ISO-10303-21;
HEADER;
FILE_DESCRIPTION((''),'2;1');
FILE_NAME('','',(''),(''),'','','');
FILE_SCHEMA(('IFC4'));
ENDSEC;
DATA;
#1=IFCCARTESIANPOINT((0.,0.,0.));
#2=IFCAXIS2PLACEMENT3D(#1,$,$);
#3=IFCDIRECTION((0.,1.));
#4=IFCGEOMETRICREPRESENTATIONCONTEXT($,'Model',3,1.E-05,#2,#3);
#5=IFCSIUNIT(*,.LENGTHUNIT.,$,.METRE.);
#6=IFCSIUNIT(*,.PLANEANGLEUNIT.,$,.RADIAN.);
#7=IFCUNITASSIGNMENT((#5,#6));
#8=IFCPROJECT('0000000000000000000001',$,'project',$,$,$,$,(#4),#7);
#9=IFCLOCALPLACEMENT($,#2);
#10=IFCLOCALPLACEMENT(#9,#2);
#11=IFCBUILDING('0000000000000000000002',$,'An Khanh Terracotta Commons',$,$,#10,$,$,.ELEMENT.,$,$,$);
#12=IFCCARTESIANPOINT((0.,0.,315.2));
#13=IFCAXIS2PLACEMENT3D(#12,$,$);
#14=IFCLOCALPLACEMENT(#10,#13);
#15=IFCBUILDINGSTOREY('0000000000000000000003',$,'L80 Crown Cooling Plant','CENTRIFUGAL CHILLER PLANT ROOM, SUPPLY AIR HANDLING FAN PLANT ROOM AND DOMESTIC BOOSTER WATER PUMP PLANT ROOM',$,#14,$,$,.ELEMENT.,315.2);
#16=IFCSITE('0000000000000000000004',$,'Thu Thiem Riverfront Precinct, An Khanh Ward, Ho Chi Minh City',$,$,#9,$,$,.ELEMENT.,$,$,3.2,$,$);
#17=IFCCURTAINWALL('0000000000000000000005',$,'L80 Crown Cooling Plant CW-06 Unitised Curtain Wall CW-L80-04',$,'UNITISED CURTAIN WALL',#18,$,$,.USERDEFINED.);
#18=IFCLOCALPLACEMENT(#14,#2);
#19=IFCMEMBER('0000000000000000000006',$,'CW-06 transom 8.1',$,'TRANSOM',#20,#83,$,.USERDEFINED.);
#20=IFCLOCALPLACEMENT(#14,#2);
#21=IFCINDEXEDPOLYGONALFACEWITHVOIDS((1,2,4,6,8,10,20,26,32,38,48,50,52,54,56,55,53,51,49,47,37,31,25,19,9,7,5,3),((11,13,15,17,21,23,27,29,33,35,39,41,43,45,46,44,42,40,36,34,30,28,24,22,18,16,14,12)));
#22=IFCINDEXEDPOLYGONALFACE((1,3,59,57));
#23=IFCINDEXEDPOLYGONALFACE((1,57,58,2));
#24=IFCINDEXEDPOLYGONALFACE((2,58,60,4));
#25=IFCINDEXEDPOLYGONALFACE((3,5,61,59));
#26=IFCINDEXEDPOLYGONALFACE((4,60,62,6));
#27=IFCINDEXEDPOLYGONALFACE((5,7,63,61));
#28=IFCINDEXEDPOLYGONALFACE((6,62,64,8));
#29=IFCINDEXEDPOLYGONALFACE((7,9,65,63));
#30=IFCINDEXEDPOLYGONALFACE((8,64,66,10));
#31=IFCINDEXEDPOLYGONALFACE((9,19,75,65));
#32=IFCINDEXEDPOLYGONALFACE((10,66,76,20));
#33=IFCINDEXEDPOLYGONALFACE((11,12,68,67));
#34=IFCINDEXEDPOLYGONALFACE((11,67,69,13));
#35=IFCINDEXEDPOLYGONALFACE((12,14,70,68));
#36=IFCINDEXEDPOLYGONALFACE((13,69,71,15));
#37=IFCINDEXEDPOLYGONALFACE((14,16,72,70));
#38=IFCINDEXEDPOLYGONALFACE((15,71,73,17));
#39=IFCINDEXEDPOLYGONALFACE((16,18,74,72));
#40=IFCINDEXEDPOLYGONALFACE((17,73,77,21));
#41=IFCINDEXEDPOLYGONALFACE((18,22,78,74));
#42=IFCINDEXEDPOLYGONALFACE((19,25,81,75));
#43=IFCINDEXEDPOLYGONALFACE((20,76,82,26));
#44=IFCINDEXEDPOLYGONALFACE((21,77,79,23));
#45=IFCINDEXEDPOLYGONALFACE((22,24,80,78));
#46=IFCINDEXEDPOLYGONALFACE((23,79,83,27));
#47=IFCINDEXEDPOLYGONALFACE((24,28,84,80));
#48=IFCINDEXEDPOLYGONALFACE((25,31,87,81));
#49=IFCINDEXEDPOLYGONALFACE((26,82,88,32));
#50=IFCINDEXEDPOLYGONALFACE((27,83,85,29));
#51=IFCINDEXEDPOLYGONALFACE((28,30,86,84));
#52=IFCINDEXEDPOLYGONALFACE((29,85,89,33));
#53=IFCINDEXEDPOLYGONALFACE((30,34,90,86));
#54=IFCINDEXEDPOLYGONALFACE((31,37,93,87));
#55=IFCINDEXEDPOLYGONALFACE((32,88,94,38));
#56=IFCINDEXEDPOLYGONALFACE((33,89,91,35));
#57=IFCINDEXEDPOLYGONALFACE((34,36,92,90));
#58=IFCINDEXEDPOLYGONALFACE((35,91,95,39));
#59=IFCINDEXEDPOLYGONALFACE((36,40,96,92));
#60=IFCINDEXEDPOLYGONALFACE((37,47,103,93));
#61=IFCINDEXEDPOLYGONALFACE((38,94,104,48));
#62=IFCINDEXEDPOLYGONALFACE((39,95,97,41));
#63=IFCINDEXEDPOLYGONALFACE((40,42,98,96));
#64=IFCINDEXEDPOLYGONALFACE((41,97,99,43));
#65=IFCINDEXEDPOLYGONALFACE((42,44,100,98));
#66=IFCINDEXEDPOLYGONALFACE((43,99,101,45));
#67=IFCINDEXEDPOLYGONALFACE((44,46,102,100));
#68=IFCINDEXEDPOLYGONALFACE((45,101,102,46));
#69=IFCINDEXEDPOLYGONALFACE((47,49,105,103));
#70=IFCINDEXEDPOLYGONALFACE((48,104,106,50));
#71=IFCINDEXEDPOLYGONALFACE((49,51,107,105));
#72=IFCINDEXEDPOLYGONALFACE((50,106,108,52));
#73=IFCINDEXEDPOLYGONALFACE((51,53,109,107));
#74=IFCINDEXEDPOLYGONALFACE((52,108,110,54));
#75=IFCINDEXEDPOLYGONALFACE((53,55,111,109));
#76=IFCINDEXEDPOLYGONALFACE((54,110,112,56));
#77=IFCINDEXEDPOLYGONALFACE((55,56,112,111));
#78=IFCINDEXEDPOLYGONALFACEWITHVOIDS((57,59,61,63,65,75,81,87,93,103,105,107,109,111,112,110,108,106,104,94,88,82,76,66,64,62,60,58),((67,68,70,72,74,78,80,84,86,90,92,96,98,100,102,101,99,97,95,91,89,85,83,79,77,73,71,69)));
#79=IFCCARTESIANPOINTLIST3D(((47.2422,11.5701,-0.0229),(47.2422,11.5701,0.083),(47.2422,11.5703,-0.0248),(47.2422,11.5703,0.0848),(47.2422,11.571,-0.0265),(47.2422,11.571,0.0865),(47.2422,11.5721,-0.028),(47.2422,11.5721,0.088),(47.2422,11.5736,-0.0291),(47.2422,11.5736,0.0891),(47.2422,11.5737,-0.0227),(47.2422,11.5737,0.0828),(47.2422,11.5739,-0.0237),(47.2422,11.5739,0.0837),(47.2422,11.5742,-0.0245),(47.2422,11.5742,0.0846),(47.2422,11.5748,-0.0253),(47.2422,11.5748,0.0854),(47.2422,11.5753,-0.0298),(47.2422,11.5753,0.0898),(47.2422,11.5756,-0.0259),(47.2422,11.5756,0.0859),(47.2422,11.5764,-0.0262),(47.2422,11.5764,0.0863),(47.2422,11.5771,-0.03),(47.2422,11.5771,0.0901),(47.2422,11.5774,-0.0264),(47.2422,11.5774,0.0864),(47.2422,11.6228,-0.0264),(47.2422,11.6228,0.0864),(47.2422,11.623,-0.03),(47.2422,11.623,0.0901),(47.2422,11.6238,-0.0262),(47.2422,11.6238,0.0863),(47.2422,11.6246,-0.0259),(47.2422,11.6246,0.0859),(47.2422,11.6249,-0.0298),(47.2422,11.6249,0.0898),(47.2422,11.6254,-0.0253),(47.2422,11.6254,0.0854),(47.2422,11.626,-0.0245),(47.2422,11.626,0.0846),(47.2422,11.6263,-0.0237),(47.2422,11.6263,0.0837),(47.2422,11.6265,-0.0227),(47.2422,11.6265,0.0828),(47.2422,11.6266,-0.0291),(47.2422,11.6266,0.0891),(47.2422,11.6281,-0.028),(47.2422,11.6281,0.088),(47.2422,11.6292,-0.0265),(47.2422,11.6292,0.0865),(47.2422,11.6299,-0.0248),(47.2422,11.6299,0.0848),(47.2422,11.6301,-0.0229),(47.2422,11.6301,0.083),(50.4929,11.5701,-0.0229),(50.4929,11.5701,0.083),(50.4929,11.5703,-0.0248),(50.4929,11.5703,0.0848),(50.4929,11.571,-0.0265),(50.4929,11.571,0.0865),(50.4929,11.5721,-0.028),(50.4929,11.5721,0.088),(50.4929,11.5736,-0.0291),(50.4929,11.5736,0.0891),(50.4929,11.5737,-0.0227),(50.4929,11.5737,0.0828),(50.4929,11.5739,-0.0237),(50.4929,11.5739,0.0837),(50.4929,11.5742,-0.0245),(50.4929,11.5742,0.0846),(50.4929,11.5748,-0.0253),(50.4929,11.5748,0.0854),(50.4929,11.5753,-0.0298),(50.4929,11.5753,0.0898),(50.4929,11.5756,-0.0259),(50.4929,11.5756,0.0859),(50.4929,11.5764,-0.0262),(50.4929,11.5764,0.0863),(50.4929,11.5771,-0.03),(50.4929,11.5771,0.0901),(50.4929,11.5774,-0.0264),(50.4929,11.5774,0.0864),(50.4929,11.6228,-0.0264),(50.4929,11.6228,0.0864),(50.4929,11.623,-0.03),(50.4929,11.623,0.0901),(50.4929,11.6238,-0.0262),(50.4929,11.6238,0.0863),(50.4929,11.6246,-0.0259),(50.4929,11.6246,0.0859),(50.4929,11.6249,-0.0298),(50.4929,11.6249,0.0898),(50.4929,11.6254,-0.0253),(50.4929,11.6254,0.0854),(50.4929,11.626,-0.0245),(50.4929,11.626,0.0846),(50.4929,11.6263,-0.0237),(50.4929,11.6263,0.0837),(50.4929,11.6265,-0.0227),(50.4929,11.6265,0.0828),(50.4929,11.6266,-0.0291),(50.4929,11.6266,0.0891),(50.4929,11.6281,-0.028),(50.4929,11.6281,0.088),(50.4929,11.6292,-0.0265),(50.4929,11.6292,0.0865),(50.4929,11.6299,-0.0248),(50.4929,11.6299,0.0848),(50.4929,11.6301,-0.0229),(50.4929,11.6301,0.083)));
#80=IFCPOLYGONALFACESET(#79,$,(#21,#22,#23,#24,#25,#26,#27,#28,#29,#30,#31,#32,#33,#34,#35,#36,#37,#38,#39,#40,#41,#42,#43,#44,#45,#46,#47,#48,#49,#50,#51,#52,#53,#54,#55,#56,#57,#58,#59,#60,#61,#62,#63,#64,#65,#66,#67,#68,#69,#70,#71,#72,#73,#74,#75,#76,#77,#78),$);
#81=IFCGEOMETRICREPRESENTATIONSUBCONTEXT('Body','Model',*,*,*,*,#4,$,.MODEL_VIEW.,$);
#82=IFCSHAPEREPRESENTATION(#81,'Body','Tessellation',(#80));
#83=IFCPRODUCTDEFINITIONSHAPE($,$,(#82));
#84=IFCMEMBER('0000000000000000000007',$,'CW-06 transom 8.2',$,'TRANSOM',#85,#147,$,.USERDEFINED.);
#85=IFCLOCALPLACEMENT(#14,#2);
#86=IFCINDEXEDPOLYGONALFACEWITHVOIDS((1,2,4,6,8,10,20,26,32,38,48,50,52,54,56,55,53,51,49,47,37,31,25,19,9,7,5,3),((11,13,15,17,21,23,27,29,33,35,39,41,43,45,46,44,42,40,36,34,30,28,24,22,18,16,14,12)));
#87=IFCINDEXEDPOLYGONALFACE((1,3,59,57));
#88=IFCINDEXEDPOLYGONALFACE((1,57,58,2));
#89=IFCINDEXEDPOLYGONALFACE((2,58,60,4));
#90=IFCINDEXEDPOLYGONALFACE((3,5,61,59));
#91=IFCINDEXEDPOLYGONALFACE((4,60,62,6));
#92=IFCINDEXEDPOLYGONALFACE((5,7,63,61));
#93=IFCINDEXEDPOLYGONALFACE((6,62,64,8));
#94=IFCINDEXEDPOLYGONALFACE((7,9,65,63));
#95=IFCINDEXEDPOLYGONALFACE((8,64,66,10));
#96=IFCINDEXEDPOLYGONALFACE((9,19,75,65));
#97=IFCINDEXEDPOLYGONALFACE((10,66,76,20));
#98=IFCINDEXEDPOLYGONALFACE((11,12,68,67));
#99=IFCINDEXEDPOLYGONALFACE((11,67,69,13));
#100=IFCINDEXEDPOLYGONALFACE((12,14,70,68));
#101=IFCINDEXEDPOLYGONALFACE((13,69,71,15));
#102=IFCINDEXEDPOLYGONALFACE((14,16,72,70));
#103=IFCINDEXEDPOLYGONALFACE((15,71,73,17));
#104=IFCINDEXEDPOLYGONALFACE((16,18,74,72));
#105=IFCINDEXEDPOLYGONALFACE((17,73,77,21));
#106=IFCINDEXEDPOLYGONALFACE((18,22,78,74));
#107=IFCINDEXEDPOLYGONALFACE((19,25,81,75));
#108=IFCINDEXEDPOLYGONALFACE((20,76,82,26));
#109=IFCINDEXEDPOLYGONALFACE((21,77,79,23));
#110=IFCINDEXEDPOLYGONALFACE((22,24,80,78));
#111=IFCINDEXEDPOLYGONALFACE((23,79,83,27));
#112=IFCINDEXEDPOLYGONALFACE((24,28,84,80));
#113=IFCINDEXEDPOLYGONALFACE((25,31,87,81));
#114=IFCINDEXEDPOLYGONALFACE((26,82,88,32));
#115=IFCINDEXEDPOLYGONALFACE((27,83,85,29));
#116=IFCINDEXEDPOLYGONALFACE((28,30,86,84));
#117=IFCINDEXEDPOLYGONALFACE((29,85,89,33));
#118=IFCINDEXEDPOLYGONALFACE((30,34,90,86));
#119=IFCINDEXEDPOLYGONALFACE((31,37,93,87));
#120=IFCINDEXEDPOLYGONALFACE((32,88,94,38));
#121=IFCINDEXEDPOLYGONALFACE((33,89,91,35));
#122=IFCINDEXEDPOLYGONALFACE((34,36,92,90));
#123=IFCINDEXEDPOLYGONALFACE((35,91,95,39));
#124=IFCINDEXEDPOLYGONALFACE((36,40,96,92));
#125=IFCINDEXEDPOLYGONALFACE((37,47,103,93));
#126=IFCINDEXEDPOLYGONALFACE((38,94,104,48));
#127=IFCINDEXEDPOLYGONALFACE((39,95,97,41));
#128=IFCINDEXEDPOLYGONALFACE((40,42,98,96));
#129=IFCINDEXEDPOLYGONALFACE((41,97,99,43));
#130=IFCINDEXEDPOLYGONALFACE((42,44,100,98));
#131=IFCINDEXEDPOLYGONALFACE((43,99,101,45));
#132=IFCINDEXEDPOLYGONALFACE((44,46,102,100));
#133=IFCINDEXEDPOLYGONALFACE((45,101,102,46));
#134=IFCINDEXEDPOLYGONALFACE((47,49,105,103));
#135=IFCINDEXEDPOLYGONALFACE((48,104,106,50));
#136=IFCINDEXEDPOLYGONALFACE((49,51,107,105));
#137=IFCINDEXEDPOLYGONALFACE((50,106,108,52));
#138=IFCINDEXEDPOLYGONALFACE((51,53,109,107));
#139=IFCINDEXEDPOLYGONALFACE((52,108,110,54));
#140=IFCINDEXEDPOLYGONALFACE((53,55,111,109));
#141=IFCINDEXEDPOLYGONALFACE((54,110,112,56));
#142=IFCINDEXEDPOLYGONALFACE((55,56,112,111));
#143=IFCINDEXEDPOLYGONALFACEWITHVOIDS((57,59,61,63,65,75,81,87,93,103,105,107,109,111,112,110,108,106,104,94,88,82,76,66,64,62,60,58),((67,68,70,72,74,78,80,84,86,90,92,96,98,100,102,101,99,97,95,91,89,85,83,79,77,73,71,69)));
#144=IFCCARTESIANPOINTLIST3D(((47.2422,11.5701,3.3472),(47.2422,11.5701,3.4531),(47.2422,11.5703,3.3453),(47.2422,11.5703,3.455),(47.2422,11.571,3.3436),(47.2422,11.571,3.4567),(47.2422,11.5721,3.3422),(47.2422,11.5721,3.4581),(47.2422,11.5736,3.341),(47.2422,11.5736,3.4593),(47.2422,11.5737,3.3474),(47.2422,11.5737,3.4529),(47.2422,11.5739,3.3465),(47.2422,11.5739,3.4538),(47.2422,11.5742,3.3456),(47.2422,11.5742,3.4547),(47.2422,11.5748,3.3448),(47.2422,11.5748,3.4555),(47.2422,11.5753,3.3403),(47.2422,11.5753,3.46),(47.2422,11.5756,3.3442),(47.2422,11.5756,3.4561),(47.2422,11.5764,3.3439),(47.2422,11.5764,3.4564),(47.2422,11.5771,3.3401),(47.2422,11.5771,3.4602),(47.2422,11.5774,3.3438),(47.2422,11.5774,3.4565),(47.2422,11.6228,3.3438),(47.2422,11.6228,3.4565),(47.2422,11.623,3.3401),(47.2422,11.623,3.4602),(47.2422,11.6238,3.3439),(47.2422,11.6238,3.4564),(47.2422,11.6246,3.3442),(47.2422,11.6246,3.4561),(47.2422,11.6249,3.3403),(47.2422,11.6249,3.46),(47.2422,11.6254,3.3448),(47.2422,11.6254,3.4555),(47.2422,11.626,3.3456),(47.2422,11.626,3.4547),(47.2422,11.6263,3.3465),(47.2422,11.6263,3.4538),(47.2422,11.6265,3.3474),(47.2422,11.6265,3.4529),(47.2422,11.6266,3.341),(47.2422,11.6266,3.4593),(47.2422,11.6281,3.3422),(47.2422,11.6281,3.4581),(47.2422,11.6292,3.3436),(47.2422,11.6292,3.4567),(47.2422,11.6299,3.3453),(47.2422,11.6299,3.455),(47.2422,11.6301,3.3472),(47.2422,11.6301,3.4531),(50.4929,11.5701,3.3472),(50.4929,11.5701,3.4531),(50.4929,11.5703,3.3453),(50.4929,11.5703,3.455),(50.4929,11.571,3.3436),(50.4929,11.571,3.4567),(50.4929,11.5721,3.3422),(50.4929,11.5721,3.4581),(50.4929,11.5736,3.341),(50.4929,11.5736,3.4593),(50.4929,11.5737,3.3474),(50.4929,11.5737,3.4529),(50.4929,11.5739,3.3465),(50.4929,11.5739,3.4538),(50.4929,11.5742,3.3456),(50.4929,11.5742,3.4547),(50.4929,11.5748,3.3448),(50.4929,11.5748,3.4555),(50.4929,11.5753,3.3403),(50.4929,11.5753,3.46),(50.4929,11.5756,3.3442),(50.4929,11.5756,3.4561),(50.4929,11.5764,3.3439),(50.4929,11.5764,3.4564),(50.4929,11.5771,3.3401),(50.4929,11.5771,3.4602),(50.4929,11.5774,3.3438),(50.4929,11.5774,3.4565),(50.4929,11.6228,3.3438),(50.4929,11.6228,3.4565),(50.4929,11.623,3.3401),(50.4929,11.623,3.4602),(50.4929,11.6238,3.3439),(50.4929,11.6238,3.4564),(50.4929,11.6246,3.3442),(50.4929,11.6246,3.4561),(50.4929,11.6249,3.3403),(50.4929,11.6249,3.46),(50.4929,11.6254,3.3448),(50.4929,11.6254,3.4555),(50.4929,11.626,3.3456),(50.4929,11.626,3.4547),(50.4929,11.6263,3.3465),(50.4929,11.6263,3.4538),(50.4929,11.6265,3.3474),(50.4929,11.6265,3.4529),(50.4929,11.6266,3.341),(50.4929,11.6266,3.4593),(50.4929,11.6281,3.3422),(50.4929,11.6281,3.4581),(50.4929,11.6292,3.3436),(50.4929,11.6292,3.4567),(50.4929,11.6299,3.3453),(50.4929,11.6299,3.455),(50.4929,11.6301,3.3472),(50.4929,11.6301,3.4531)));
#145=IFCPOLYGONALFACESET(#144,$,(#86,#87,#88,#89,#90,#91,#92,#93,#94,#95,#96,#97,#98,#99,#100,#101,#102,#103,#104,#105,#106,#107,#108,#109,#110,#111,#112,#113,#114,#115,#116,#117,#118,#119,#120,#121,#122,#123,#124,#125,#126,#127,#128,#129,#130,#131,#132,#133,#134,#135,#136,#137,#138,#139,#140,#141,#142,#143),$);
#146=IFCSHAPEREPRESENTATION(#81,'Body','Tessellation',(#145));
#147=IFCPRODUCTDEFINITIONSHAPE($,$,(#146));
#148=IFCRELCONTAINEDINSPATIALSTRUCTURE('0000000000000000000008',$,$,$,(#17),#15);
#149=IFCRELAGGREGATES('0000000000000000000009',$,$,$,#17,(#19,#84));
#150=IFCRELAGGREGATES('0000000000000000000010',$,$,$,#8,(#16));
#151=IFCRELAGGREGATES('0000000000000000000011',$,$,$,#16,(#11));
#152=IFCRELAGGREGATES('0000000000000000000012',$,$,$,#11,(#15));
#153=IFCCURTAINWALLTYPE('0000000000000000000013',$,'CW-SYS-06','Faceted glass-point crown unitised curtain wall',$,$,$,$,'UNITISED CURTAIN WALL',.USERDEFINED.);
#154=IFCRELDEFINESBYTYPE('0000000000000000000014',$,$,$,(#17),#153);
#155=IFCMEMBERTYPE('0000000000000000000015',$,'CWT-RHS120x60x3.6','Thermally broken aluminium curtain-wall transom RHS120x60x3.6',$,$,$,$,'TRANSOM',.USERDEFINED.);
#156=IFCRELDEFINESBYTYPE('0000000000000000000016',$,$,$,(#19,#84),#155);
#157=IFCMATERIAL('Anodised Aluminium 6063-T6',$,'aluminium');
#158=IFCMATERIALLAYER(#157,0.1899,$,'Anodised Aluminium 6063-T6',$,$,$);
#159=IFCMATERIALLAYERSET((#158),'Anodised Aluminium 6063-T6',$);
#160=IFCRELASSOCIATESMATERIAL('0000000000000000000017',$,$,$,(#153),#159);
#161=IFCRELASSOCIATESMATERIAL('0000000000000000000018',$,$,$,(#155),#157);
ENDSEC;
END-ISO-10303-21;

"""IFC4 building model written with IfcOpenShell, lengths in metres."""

from ifc_helpers import new_model, si_unit, direction, frame, origin, origin_2d, place, context, subcontext, project, spatial, hollow_rectangle, extrude, material, layer, layer_set, material_profile, profile_set, type_object, element, aggregate, save


model = new_model("IFC4")

# Units and contexts
model_context = context("Model", 3, precision=1e-05, world=origin(), true_north=direction((0.0, 1.0)))
body_context = subcontext(model_context, "Body", "Model", "MODEL_VIEW")
ifc_project = project(units=[si_unit("LENGTHUNIT", "METRE"), si_unit("PLANEANGLEUNIT", "RADIAN")], contexts=[model_context])

# Site, building, storey
site_placement = place(None, origin())
site = spatial("IfcSite", under=ifc_project, at=site_placement, Name="Thu Thiem Riverfront Precinct, An Khanh Ward, Ho Chi Minh City", CompositionType="ELEMENT", RefElevation=3.2)
building_placement = place(site_placement, origin())
building = spatial("IfcBuilding", under=site, at=building_placement, Name="An Khanh Terracotta Commons", CompositionType="ELEMENT")
storey_placement = place(building_placement, frame((0.0, 0.0, 315.2)))
storey = spatial("IfcBuildingStorey", under=building, at=storey_placement, Name="L80 Crown Cooling Plant", Description="CENTRIFUGAL CHILLER PLANT ROOM, SUPPLY AIR HANDLING FAN PLANT ROOM AND DOMESTIC BOOSTER WATER PUMP PLANT ROOM", CompositionType="ELEMENT", Elevation=315.2)

# Curtain wall, members
ifc_material_1 = material(Name="Anodised Aluminium 6063-T6", Category="aluminium")
ifc_layer_1 = layer(ifc_material_1, 0.1899, Name="Anodised Aluminium 6063-T6")
ifc_layer_set_1 = layer_set([ifc_layer_1], Name="Anodised Aluminium 6063-T6")
curtain_wall_type = type_object("IfcCurtainWallType", Name="CW-SYS-06", Description="Faceted glass-point crown unitised curtain wall", ElementType="UNITISED CURTAIN WALL", PredefinedType="USERDEFINED", material=ifc_layer_set_1)
curtain_wall_placement = place(storey_placement, origin())
curtain_wall = element("IfcCurtainWall", 1, at=curtain_wall_placement, inside=storey, type_object=curtain_wall_type, Name="L80 Crown Cooling Plant CW-06 Unitised Curtain Wall CW-L80-04", ObjectType="UNITISED CURTAIN WALL", PredefinedType="USERDEFINED")
ifc_material_profile_1 = material_profile(ifc_material_1, hollow_rectangle(XDim=0.0601, YDim=0.1201, WallThickness=0.0037, InnerFilletRadius=0.0037, OuterFilletRadius=0.0071, at=origin_2d()), Name="RHS120x60x3.6")
ifc_profile_set_1 = profile_set([ifc_material_profile_1], Name="Anodised Aluminium 6063-T6")
member_type_1 = type_object("IfcMemberType", Name="CWT-RHS120x60x3.6", Description="Thermally broken aluminium curtain-wall transom RHS120x60x3.6", ElementType="TRANSOM", PredefinedType="USERDEFINED", material=ifc_profile_set_1)
member_1_placement = place(storey_placement, frame((47.2422, 11.6001, 0.03), z_axis=(1.0, 0.0, 0.0), x_axis=(0.0, 1.0, 0.0)))
member_1 = element("IfcMember", 2, at=member_1_placement, type_object=member_type_1, Name="CW-06 transom 8.1", ObjectType="TRANSOM", PredefinedType="USERDEFINED", context=body_context, shape_type="SweptSolid", body=[
    extrude(hollow_rectangle(XDim=0.0601, YDim=0.1201, WallThickness=0.0037, InnerFilletRadius=0.0037, OuterFilletRadius=0.0071, at=origin_2d()), origin(), (0.0, 0.0, 1.0), 3.2507),
])
member_2_placement = place(storey_placement, frame((47.2422, 11.6001, 3.4001), z_axis=(1.0, 0.0, 0.0), x_axis=(0.0, 1.0, 0.0)))
member_2 = element("IfcMember", 3, at=member_2_placement, type_object=member_type_1, Name="CW-06 transom 8.2", ObjectType="TRANSOM", PredefinedType="USERDEFINED", context=body_context, shape_type="SweptSolid", body=[
    extrude(hollow_rectangle(XDim=0.0601, YDim=0.1201, WallThickness=0.0037, InnerFilletRadius=0.0037, OuterFilletRadius=0.0071, at=origin_2d()), origin(), (0.0, 0.0, 1.0), 3.2507),
])

aggregate(curtain_wall, [member_1, member_2])

save(model, "model.ifc")
